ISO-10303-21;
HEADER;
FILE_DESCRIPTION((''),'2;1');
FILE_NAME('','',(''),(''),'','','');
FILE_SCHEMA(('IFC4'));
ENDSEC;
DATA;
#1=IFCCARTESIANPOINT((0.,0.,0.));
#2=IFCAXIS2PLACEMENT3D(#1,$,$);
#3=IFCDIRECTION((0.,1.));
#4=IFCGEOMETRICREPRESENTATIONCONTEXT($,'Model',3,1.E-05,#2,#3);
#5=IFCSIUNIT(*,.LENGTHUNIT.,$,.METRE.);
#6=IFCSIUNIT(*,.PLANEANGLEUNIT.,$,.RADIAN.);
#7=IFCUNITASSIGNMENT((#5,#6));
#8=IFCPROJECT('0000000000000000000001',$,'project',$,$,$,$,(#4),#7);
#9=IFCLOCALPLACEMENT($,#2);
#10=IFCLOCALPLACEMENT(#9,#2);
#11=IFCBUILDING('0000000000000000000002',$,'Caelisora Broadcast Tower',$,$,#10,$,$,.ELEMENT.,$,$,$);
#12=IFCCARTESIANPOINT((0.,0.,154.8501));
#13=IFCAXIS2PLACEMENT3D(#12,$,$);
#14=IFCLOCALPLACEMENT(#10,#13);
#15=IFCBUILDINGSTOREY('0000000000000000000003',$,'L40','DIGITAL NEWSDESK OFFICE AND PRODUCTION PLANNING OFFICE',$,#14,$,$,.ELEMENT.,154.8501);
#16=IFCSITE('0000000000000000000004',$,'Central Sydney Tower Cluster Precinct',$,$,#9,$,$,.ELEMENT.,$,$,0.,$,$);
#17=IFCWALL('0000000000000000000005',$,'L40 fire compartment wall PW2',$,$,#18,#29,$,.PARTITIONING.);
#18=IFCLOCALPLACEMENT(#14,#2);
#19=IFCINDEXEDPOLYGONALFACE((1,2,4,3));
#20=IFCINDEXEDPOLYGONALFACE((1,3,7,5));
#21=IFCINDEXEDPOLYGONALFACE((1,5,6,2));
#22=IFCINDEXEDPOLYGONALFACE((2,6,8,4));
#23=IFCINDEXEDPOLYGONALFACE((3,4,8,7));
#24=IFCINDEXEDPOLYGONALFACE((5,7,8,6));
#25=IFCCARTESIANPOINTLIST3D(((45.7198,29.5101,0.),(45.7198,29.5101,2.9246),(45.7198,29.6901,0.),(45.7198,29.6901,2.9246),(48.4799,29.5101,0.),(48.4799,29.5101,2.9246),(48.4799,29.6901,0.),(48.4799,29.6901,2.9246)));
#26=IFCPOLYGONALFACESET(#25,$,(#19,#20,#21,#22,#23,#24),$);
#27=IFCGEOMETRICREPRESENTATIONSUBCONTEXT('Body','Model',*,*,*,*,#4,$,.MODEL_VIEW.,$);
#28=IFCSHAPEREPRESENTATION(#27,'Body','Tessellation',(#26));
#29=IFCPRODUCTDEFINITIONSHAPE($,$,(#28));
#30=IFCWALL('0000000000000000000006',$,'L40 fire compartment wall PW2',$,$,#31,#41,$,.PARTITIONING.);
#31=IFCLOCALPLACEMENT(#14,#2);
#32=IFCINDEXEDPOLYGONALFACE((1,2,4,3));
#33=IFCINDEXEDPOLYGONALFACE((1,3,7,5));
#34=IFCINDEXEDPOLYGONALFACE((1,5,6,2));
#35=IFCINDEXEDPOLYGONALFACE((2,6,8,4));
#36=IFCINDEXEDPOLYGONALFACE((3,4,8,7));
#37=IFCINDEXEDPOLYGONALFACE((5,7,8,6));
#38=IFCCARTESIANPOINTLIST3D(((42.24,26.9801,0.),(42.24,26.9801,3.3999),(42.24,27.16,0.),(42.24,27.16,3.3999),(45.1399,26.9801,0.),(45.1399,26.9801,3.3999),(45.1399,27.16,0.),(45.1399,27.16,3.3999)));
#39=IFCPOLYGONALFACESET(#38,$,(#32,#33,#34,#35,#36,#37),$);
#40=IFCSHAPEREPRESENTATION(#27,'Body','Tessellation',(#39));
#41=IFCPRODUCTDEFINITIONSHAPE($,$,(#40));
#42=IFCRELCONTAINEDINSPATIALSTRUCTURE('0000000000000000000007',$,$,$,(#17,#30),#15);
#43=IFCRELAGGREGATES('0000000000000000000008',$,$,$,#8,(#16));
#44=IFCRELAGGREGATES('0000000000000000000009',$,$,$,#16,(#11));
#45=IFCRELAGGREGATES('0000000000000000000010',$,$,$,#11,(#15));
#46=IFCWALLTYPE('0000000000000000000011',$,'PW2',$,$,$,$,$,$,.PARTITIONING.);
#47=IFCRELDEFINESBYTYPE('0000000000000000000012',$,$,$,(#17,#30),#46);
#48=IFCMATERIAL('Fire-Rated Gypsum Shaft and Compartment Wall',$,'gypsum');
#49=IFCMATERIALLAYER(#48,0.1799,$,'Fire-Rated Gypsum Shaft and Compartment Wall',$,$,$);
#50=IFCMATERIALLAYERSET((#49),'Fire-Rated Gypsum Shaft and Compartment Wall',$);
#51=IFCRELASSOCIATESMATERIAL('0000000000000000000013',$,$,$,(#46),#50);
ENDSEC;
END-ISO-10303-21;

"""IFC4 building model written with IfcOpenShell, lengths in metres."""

from ifc_helpers import new_model, si_unit, direction, frame, frame_2d, origin, place, context, subcontext, project, spatial, rectangle, extrude, material, layer, layer_set, type_object, element, save


model = new_model("IFC4")

# Units and contexts
model_context = context("Model", 3, precision=1e-05, world=origin(), true_north=direction((0.0, 1.0)))
body_context = subcontext(model_context, "Body", "Model", "MODEL_VIEW")
ifc_project = project(units=[si_unit("LENGTHUNIT", "METRE"), si_unit("PLANEANGLEUNIT", "RADIAN")], contexts=[model_context])

# Site, building, storey
site_placement = place(None, origin())
site = spatial("IfcSite", under=ifc_project, at=site_placement, Name="Central Sydney Tower Cluster Precinct", CompositionType="ELEMENT", RefElevation=0.0)
building_placement = place(site_placement, origin())
building = spatial("IfcBuilding", under=site, at=building_placement, Name="Caelisora Broadcast Tower", CompositionType="ELEMENT")
storey_placement = place(building_placement, frame((0.0, 0.0, 154.8501)))
storey = spatial("IfcBuildingStorey", under=building, at=storey_placement, Name="L40", Description="DIGITAL NEWSDESK OFFICE AND PRODUCTION PLANNING OFFICE", CompositionType="ELEMENT", Elevation=154.8501)

# Shared definitions
ifc_material_1 = material(Name="Fire-Rated Gypsum Shaft and Compartment Wall", Category="gypsum")
ifc_layer_1 = layer(ifc_material_1, 0.1799, Name="Fire-Rated Gypsum Shaft and Compartment Wall")
ifc_layer_set_1 = layer_set([ifc_layer_1], Name="Fire-Rated Gypsum Shaft and Compartment Wall")
wall_type_1 = type_object("IfcWallType", Name="PW2", PredefinedType="PARTITIONING", material=ifc_layer_set_1)

# Walls
wall_1_placement = place(storey_placement, frame((45.72, 29.6001, 0.0), z_axis=(0.0, 0.0, 1.0), x_axis=(1.0, 0.0, 0.0)))
element("IfcWall", 1, at=wall_1_placement, inside=storey, type_object=wall_type_1, Name="L40 fire compartment wall PW2", PredefinedType="PARTITIONING", context=body_context, shape_type="SweptSolid", body=[
    extrude(rectangle(XDim=2.76, YDim=0.1799, at=frame_2d((1.3799, 0.0))), origin(), (0.0, 0.0, 1.0), 2.9246),
])
wall_2_placement = place(storey_placement, frame((42.24, 27.0701, 0.0), z_axis=(0.0, 0.0, 1.0), x_axis=(1.0, 0.0, 0.0)))
element("IfcWall", 2, at=wall_2_placement, inside=storey, type_object=wall_type_1, Name="L40 fire compartment wall PW2", PredefinedType="PARTITIONING", context=body_context, shape_type="SweptSolid", body=[
    extrude(rectangle(XDim=2.8999, YDim=0.1799, at=frame_2d((1.45, 0.0))), origin(), (0.0, 0.0, 1.0), 3.3999),
])

save(model, "model.ifc")
